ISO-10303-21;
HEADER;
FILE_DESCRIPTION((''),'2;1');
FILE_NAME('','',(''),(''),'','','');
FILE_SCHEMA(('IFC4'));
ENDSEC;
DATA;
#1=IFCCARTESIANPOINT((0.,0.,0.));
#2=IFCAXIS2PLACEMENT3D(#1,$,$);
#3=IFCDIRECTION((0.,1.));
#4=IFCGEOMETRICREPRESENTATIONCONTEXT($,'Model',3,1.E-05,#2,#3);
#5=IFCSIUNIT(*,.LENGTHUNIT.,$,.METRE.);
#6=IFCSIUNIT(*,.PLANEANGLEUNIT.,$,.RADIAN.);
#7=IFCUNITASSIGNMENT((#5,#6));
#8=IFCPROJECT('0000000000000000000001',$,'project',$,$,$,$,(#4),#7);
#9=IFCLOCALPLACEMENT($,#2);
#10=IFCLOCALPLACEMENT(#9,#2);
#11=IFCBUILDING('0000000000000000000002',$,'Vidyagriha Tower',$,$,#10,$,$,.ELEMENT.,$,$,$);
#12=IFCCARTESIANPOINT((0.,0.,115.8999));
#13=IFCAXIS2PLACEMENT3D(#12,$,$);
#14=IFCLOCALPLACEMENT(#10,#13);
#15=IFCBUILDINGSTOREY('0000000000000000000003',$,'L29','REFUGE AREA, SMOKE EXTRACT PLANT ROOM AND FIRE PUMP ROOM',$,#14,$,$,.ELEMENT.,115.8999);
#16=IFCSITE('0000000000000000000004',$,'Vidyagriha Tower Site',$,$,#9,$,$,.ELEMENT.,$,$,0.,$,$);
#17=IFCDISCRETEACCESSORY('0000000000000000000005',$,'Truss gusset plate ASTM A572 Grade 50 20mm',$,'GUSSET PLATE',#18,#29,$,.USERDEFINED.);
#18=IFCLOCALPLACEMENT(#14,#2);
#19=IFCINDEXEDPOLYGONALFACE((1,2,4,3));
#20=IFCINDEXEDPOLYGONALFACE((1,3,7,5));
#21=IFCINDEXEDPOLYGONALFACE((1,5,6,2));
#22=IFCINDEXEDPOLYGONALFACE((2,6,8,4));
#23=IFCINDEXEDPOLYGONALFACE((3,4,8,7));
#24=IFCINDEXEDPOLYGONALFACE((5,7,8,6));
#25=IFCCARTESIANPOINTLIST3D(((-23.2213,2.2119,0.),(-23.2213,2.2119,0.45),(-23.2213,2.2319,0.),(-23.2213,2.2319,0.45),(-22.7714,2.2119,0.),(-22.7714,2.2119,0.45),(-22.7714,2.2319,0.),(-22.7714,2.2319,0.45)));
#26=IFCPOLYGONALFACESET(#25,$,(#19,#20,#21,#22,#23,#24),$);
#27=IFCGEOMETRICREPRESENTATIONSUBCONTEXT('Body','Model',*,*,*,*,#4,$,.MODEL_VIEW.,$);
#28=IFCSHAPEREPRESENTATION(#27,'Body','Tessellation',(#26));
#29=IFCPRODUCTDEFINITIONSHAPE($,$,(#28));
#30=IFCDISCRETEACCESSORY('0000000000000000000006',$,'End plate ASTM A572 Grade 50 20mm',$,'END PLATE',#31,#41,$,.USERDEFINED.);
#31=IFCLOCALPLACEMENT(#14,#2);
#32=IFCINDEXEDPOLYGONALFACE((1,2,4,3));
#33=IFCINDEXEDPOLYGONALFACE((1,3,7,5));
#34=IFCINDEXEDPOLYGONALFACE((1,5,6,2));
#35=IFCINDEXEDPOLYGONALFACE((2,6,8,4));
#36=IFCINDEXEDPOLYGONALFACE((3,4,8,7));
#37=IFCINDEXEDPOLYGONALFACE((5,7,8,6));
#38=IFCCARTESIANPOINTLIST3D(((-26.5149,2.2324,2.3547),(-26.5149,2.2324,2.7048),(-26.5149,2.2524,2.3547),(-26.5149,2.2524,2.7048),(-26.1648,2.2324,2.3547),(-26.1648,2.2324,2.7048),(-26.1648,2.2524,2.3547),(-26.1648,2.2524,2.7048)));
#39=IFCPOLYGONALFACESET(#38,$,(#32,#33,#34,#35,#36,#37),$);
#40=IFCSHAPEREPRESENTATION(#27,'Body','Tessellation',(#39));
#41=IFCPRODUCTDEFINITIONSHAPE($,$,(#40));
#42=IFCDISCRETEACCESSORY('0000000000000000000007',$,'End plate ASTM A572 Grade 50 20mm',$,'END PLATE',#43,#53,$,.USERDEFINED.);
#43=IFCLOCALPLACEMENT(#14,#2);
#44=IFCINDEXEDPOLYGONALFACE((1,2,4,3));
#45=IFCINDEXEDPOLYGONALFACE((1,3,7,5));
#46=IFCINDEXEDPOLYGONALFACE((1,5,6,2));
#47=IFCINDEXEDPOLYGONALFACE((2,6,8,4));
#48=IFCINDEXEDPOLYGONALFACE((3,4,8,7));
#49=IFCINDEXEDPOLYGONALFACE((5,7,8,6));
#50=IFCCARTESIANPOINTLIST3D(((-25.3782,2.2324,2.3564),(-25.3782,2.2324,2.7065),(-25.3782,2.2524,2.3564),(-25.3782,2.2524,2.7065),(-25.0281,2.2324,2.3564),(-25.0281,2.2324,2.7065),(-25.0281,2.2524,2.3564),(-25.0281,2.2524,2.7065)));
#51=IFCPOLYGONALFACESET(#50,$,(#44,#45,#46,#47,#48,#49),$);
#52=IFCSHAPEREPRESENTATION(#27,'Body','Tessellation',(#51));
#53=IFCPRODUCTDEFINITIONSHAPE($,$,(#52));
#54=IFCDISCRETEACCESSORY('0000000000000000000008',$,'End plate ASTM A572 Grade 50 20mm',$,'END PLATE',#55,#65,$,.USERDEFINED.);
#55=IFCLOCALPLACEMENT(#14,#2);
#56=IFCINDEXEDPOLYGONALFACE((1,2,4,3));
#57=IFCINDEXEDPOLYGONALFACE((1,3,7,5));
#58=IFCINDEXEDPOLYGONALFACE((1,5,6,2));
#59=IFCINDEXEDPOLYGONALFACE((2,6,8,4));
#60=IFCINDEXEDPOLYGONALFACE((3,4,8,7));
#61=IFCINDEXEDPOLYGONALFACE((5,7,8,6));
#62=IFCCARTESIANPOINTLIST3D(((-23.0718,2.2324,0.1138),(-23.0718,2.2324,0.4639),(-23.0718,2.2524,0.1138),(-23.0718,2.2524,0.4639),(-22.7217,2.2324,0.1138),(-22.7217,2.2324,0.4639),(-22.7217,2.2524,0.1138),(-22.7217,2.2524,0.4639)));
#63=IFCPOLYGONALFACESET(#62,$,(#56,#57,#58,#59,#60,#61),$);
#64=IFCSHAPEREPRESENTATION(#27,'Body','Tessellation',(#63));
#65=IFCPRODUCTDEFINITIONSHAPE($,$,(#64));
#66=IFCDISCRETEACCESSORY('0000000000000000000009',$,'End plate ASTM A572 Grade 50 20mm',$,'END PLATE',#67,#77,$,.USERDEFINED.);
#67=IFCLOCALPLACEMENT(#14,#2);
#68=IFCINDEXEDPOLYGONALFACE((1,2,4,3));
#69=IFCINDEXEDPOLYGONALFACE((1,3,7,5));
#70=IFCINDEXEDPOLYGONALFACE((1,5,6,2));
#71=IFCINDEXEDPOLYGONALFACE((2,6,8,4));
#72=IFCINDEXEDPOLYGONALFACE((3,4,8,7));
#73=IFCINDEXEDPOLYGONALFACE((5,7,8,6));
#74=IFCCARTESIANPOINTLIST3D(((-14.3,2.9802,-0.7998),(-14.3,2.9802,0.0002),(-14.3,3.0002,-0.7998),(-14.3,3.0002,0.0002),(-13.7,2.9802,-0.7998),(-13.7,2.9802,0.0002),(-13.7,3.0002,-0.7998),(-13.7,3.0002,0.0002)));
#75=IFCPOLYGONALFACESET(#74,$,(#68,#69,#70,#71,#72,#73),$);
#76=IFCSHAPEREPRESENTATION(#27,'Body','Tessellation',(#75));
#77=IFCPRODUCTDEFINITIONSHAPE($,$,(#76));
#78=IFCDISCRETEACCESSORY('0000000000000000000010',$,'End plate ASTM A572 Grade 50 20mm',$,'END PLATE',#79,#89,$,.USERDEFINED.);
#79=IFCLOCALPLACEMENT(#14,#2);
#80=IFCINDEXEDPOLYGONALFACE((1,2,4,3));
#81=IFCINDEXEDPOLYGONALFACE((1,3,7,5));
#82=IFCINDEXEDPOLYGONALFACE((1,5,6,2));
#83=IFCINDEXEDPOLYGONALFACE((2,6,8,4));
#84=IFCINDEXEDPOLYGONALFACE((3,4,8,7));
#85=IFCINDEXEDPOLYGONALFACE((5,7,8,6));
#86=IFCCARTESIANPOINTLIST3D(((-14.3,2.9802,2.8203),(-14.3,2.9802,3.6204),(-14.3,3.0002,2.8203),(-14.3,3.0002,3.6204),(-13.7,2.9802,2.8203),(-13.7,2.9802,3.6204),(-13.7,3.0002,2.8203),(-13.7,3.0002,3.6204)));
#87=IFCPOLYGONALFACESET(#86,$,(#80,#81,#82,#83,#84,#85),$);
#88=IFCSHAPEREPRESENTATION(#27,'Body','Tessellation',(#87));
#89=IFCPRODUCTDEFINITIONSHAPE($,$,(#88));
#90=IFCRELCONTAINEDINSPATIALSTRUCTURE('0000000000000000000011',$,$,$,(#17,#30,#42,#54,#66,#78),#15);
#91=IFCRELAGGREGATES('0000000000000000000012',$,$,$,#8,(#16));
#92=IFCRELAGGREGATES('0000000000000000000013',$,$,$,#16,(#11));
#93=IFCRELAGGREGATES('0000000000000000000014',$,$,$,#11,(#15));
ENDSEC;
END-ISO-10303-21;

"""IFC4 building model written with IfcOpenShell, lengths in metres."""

from ifc_helpers import new_model, si_unit, direction, frame, origin, origin_2d, place, context, subcontext, project, spatial, rectangle, extrude, element, save


model = new_model("IFC4")

# Units and contexts
model_context = context("Model", 3, precision=1e-05, world=origin(), true_north=direction((0.0, 1.0)))
body_context = subcontext(model_context, "Body", "Model", "MODEL_VIEW")
ifc_project = project(units=[si_unit("LENGTHUNIT", "METRE"), si_unit("PLANEANGLEUNIT", "RADIAN")], contexts=[model_context])

# Site, building, storey
site_placement = place(None, origin())
site = spatial("IfcSite", under=ifc_project, at=site_placement, Name="Vidyagriha Tower Site", CompositionType="ELEMENT", RefElevation=0.0)
building_placement = place(site_placement, origin())
building = spatial("IfcBuilding", under=site, at=building_placement, Name="Vidyagriha Tower", CompositionType="ELEMENT")
storey_placement = place(building_placement, frame((0.0, 0.0, 115.8999)))
storey = spatial("IfcBuildingStorey", under=building, at=storey_placement, Name="L29", Description="REFUGE AREA, SMOKE EXTRACT PLANT ROOM AND FIRE PUMP ROOM", CompositionType="ELEMENT", Elevation=115.8999)

# Discrete accessories
for number, where, name in (
    (1, (-22.9963, 2.2219, 0.0), "Truss gusset plate ASTM A572 Grade 50 20mm"),
):
    element("IfcDiscreteAccessory", number, at=place(storey_placement, frame(where)), inside=storey, Name=name, ObjectType="GUSSET PLATE", PredefinedType="USERDEFINED", context=body_context, shape_type="SweptSolid", body=[
        extrude(rectangle(XDim=0.45, YDim=0.02, at=origin_2d()), origin(), (0.0, 0.0, 1.0), 0.45),
    ])
discrete_accessory_1_placement = place(storey_placement, frame((-26.3398, 2.2424, 2.3547)))
element("IfcDiscreteAccessory", 2, at=discrete_accessory_1_placement, inside=storey, Name="End plate ASTM A572 Grade 50 20mm", ObjectType="END PLATE", PredefinedType="USERDEFINED", context=body_context, shape_type="SweptSolid", body=[
    extrude(rectangle(XDim=0.3501, YDim=0.02, at=origin_2d()), origin(), (0.0, 0.0, 1.0), 0.3501),
])
discrete_accessory_2_placement = place(storey_placement, frame((-25.2031, 2.2424, 2.3564), z_axis=(0.0, 0.0, 1.0), x_axis=(-1.0, 0.0, 0.0)))
element("IfcDiscreteAccessory", 3, at=discrete_accessory_2_placement, inside=storey, Name="End plate ASTM A572 Grade 50 20mm", ObjectType="END PLATE", PredefinedType="USERDEFINED", context=body_context, shape_type="SweptSolid", body=[
    extrude(rectangle(XDim=0.3501, YDim=0.02, at=origin_2d()), origin(), (0.0, 0.0, 1.0), 0.3501),
])
discrete_accessory_3_placement = place(storey_placement, frame((-22.8967, 2.2424, 0.1138)))
element("IfcDiscreteAccessory", 4, at=discrete_accessory_3_placement, inside=storey, Name="End plate ASTM A572 Grade 50 20mm", ObjectType="END PLATE", PredefinedType="USERDEFINED", context=body_context, shape_type="SweptSolid", body=[
    extrude(rectangle(XDim=0.3501, YDim=0.02, at=origin_2d()), origin(), (0.0, 0.0, 1.0), 0.3501),
])
for number, where, z_axis, x_axis, name in (
    (5, (-14.0, 2.9902, -0.7998), (0.0, 0.0, 1.0), (0.0, 1.0, 0.0), "End plate ASTM A572 Grade 50 20mm"),
    (6, (-14.0, 2.9902, 2.8203), (0.0, 0.0, 1.0), (0.0, 1.0, 0.0), "End plate ASTM A572 Grade 50 20mm"),
):
    element("IfcDiscreteAccessory", number, at=place(storey_placement, frame(where, z_axis=z_axis, x_axis=x_axis)), inside=storey, Name=name, ObjectType="END PLATE", PredefinedType="USERDEFINED", context=body_context, shape_type="SweptSolid", body=[
        extrude(rectangle(XDim=0.02, YDim=0.6001, at=origin_2d()), origin(), (0.0, 0.0, 1.0), 0.8),
    ])

save(model, "model.ifc")
